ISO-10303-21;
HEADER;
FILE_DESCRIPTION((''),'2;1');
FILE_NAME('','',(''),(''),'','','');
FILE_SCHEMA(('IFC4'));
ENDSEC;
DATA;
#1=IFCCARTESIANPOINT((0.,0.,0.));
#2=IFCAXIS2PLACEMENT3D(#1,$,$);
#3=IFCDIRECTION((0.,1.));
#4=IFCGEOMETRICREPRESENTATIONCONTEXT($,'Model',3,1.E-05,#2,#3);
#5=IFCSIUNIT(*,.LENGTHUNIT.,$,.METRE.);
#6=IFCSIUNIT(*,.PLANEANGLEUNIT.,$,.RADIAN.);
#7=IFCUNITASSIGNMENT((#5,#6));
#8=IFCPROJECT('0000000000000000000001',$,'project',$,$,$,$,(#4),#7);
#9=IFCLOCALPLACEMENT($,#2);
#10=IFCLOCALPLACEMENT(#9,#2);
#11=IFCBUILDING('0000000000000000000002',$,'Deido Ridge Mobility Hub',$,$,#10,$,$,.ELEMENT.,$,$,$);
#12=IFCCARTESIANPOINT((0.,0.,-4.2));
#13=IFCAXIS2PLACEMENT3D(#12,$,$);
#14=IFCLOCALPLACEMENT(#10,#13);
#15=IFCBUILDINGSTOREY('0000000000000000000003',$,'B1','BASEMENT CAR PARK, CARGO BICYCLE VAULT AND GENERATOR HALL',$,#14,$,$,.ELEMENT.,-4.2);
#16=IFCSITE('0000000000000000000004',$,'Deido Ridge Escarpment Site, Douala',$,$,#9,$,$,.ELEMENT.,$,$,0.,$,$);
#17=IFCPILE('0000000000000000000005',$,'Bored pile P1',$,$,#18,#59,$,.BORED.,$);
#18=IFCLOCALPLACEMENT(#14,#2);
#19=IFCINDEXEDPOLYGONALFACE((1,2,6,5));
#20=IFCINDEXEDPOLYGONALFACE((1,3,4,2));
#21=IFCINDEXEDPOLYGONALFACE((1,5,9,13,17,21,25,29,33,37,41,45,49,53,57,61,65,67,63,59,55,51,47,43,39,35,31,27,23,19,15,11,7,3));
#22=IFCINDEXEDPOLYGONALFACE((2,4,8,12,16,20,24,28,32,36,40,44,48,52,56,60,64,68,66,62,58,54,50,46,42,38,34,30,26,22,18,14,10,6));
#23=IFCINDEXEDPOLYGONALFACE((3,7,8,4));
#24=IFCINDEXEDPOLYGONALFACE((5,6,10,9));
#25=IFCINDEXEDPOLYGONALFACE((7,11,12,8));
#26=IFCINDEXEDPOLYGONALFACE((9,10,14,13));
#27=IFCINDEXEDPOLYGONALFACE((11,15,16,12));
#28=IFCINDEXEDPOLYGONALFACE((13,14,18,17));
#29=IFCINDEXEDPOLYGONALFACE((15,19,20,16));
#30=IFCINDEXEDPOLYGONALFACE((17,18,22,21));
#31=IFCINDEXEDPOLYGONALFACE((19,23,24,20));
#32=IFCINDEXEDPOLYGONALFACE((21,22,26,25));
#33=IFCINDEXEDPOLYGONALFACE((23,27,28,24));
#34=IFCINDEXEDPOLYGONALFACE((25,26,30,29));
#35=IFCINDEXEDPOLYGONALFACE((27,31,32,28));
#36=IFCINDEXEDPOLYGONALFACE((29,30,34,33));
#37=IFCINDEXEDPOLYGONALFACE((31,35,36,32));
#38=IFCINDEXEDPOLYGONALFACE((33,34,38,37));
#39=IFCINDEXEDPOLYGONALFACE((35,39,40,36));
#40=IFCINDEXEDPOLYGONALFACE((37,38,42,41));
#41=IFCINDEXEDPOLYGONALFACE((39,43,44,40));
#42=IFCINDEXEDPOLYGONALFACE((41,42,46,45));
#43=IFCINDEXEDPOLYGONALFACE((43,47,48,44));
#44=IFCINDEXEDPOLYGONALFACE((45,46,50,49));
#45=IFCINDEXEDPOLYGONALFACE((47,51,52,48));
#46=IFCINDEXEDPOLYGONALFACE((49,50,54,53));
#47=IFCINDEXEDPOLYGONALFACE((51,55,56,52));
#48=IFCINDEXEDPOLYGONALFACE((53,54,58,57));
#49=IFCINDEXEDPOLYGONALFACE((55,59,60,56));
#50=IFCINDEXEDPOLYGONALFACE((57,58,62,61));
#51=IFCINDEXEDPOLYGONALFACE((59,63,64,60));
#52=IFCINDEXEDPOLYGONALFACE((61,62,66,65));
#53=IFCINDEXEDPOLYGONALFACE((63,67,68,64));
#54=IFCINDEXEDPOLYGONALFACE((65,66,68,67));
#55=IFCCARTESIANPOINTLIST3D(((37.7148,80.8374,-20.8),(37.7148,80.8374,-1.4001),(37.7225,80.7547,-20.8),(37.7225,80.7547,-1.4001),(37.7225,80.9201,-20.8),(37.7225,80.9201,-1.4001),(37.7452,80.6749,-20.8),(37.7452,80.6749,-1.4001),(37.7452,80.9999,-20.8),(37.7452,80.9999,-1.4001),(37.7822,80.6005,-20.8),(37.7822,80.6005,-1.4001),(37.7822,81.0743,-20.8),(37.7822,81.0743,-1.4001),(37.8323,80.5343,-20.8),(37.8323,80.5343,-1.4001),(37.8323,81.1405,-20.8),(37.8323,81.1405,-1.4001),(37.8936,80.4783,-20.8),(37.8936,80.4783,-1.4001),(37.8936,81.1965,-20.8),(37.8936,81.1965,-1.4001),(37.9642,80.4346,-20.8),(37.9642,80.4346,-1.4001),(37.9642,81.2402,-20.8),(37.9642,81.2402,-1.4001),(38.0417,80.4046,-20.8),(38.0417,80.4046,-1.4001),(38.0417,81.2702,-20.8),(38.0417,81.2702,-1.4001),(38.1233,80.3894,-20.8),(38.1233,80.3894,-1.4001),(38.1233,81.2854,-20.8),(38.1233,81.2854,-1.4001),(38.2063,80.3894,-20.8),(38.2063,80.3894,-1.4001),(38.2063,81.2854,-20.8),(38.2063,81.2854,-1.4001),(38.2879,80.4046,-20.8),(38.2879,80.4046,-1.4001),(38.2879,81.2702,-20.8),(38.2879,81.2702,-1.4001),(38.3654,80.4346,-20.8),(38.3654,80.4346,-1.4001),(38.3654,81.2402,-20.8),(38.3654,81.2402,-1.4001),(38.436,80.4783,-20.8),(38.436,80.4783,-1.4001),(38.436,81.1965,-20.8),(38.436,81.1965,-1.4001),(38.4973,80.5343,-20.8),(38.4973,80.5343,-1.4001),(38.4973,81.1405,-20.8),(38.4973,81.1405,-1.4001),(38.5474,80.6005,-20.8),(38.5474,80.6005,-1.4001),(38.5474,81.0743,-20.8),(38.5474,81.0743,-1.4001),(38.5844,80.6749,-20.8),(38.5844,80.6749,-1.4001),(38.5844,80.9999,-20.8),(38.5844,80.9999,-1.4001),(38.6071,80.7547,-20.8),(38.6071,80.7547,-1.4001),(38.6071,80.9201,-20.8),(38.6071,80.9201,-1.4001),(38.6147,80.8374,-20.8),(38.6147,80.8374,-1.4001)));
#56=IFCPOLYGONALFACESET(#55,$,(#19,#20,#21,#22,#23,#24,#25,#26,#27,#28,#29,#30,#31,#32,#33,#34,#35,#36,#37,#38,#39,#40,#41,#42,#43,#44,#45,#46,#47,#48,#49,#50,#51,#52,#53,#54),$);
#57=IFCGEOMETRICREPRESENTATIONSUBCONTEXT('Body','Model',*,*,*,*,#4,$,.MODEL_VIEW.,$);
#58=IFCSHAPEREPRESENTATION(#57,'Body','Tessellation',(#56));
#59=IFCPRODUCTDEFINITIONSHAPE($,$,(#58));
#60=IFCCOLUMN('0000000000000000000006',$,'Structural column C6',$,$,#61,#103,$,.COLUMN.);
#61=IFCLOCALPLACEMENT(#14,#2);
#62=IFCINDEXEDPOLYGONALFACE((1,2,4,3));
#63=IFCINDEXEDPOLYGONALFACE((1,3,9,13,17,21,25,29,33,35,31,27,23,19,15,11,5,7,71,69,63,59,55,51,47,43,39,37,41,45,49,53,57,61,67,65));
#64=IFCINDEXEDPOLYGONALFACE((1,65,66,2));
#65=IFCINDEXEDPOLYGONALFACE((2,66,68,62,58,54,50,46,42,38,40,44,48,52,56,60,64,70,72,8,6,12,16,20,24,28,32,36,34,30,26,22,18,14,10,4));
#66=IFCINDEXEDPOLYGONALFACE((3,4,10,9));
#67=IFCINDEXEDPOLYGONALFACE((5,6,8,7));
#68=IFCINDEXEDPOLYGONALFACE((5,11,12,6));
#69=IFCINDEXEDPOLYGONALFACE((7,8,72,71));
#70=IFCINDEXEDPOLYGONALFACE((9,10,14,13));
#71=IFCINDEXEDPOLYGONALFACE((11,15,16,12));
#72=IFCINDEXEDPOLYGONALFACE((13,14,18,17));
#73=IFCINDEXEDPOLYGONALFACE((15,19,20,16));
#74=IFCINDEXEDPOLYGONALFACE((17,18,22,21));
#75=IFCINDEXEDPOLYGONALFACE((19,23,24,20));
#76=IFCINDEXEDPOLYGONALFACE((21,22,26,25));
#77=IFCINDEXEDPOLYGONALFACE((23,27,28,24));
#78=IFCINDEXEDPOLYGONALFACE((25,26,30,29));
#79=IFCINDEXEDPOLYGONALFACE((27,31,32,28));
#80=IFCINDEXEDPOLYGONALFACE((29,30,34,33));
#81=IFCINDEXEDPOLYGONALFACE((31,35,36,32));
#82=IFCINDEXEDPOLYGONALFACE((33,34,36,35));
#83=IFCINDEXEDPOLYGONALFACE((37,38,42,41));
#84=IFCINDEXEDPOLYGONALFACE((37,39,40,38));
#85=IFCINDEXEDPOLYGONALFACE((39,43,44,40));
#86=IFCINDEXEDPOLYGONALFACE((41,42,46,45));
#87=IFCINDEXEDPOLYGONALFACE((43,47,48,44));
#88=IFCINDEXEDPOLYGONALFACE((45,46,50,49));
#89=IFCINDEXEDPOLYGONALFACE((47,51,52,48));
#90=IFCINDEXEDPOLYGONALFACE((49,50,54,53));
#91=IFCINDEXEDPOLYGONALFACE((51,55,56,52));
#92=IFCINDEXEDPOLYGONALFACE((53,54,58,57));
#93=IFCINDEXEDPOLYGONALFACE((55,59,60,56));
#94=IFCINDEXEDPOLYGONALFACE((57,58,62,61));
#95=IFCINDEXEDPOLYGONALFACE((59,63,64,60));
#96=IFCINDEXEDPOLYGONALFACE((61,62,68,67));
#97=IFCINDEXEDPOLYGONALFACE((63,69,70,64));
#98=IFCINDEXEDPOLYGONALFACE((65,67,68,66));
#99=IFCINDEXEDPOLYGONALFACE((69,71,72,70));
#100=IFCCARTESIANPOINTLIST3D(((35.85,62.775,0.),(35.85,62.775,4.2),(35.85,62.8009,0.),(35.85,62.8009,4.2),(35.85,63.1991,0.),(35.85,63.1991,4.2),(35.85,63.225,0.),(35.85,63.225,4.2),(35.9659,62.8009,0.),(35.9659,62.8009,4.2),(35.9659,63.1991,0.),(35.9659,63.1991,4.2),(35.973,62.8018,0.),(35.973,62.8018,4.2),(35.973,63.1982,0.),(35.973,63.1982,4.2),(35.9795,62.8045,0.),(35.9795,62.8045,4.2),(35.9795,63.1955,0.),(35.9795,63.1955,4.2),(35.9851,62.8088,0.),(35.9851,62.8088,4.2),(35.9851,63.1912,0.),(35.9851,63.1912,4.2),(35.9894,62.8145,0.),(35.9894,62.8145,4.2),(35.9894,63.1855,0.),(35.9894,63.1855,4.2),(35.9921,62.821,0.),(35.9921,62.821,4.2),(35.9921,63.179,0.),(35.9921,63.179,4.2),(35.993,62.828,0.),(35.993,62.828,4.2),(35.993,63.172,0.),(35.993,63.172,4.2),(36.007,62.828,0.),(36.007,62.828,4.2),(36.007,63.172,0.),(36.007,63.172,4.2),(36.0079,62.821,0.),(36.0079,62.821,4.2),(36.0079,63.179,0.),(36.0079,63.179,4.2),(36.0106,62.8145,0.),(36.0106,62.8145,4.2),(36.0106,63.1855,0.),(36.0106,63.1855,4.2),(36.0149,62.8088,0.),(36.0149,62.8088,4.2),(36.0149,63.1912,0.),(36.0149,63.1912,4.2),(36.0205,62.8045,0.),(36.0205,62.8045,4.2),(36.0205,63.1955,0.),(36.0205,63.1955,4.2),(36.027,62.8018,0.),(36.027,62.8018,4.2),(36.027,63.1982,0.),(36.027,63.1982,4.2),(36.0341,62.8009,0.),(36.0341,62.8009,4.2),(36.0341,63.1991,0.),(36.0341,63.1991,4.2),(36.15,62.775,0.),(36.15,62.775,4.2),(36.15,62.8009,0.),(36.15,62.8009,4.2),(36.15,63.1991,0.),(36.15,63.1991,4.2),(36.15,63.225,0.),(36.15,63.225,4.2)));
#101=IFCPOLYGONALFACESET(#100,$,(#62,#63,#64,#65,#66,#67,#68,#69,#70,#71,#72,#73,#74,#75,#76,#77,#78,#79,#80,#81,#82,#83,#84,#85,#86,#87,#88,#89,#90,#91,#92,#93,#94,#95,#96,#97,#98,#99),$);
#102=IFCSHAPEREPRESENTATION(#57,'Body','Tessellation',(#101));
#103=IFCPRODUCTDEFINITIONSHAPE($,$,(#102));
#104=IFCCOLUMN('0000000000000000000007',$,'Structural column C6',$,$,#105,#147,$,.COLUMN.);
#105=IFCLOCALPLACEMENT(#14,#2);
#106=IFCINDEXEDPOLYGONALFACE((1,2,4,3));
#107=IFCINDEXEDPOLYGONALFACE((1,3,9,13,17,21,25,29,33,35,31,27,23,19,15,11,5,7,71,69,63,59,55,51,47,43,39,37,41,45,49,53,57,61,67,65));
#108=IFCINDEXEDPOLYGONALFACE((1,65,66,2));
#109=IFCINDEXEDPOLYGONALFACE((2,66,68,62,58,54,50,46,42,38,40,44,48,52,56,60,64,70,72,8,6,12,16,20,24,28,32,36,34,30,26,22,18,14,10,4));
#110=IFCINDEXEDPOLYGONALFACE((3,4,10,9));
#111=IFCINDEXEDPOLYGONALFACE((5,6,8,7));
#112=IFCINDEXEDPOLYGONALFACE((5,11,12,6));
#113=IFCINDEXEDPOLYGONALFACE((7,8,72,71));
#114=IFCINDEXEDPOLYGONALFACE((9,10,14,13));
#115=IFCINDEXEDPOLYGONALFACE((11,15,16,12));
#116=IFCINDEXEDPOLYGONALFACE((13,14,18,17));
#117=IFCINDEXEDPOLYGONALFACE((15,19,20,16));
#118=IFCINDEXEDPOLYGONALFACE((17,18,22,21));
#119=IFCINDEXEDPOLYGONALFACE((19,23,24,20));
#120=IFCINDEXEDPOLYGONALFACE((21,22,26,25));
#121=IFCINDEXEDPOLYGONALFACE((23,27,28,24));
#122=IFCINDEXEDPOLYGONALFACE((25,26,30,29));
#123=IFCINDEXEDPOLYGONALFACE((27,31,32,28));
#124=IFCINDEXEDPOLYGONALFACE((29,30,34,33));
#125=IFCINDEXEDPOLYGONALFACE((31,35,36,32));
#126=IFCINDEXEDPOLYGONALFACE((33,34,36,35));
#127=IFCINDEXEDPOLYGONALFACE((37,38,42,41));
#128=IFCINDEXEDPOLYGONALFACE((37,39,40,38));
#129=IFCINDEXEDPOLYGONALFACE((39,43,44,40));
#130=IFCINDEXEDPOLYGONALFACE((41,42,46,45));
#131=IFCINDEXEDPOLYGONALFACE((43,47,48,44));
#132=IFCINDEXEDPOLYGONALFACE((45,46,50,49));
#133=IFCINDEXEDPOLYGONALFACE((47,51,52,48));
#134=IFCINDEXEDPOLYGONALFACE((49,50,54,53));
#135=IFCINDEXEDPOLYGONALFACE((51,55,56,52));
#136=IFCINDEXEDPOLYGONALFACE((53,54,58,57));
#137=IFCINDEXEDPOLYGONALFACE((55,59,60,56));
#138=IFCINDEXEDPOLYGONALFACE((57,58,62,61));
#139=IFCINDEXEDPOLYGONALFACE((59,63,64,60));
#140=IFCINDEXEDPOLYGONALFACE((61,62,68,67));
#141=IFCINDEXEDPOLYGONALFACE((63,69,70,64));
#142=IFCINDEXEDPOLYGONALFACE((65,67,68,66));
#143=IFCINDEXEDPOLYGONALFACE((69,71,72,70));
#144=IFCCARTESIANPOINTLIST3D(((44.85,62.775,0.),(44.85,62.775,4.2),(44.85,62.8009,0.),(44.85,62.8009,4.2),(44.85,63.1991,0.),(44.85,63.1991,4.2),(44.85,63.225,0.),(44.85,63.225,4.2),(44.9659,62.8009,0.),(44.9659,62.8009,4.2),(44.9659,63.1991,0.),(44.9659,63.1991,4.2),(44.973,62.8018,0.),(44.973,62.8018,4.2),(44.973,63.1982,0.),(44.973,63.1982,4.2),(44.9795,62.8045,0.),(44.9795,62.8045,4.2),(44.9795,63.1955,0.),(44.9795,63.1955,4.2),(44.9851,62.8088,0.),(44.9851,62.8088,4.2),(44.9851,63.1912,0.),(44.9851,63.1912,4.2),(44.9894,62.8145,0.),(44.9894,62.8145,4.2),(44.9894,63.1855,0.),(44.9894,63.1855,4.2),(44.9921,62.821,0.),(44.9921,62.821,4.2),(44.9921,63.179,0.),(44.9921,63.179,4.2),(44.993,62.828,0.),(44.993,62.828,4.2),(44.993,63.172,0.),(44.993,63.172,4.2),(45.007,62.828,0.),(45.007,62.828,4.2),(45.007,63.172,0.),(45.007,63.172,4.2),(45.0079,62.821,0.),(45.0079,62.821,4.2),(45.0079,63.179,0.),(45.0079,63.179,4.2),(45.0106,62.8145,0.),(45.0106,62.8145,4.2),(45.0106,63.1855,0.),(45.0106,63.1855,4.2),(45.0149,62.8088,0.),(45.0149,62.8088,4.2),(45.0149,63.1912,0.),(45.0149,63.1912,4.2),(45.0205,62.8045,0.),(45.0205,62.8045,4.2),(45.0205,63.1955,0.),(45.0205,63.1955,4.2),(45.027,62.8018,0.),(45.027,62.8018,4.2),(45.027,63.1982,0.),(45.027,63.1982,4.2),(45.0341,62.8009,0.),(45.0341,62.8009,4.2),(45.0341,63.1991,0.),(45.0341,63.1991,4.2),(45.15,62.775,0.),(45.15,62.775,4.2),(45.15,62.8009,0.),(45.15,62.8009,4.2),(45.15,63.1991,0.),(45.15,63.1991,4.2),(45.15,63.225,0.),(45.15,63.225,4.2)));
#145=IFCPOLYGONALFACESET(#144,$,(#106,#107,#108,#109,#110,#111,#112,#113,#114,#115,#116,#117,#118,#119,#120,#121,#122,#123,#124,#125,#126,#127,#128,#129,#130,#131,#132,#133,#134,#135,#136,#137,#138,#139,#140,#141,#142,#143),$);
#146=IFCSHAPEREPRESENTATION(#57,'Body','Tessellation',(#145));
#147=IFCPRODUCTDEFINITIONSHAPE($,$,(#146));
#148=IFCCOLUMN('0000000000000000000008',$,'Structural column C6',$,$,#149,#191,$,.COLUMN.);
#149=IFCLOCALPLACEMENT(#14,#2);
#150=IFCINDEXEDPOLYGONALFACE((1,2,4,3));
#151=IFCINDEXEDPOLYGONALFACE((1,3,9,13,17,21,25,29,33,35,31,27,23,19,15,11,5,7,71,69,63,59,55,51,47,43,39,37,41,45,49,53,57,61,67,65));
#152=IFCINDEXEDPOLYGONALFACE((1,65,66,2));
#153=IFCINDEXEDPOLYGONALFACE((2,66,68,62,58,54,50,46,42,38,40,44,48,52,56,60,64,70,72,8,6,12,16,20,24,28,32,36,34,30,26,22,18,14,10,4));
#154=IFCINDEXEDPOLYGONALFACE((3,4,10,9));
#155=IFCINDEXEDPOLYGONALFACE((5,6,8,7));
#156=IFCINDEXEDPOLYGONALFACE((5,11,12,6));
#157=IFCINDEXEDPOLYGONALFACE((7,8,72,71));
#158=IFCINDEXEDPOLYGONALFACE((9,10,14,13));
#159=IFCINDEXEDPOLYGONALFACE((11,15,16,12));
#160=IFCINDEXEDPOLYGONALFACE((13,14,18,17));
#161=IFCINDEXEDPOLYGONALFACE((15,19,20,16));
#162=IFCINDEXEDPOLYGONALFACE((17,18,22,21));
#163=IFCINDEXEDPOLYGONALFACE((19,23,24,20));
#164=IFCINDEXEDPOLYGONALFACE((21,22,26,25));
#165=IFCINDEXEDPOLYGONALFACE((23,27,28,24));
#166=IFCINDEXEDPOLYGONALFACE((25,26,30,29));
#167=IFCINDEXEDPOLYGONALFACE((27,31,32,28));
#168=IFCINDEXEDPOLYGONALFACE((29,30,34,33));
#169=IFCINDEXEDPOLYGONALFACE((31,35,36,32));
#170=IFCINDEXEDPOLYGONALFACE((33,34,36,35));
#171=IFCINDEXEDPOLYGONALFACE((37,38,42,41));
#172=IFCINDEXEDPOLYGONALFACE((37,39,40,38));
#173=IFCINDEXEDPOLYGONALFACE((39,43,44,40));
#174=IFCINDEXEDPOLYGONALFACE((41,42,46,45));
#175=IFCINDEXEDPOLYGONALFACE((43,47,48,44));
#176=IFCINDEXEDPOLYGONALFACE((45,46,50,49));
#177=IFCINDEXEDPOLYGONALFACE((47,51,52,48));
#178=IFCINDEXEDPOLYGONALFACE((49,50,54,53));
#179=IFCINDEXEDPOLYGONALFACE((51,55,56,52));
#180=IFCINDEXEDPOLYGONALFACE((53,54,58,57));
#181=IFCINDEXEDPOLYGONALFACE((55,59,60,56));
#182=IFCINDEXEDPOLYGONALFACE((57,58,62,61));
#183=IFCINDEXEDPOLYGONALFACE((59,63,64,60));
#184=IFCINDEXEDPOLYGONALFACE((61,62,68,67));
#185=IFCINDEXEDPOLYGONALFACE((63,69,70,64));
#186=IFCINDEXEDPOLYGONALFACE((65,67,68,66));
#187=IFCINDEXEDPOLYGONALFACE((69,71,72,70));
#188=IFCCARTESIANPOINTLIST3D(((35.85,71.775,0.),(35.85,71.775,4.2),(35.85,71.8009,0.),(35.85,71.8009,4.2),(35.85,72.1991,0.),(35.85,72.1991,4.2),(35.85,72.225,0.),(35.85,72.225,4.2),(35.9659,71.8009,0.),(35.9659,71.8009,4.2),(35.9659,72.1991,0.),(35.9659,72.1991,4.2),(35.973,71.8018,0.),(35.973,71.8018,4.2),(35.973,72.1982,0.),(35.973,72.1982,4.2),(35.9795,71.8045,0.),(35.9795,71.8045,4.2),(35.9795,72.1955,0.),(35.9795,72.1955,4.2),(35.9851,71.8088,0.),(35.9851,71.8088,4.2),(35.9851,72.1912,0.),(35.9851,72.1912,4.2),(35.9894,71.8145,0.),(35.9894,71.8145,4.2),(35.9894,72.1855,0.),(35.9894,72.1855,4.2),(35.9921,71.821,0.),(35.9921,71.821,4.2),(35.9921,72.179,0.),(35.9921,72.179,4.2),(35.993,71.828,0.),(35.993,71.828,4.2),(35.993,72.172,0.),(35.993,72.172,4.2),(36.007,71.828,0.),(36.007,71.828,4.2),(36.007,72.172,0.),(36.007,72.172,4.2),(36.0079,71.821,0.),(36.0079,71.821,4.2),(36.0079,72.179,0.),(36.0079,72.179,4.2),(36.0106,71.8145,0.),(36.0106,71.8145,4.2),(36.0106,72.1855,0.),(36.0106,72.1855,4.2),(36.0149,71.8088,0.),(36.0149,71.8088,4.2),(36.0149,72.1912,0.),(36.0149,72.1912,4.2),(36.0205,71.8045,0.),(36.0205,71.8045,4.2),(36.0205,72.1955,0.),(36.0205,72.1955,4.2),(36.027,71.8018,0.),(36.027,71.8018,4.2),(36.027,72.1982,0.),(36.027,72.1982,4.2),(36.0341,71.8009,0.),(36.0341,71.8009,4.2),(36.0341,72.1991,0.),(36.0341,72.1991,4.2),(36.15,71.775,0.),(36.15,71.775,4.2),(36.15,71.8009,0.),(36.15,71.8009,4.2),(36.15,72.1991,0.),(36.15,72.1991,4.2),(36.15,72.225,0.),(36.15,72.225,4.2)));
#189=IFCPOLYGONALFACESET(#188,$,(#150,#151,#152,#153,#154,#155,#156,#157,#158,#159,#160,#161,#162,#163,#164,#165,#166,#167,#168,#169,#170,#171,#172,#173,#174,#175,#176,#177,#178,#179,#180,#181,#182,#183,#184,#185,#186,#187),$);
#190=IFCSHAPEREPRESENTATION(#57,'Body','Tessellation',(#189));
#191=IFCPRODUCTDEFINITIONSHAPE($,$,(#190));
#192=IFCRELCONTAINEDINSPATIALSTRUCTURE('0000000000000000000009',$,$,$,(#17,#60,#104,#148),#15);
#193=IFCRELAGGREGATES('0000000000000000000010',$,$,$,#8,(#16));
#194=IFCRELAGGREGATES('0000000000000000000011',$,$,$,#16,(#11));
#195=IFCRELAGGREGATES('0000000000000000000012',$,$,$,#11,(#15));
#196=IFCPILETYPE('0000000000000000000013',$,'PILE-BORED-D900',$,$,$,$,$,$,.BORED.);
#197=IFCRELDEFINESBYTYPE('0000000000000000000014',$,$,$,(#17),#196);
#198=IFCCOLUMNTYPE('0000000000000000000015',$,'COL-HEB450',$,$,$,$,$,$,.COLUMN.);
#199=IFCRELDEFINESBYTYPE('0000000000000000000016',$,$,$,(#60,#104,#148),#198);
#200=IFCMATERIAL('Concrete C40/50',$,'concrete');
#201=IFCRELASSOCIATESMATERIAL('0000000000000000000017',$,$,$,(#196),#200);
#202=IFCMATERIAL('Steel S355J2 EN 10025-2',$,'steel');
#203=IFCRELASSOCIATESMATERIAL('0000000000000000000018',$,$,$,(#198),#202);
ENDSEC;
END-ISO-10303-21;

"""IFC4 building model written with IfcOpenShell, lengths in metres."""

from ifc_helpers import new_model, si_unit, direction, frame, origin, origin_2d, place, context, subcontext, project, spatial, circle, i_section, extrude, material, material_profile, profile_set, type_object, element, save


model = new_model("IFC4")

# Units and contexts
model_context = context("Model", 3, precision=1e-05, world=origin(), true_north=direction((0.0, 1.0)))
body_context = subcontext(model_context, "Body", "Model", "MODEL_VIEW")
ifc_project = project(units=[si_unit("LENGTHUNIT", "METRE"), si_unit("PLANEANGLEUNIT", "RADIAN")], contexts=[model_context])

# Site, building, storey
site_placement = place(None, origin())
site = spatial("IfcSite", under=ifc_project, at=site_placement, Name="Deido Ridge Escarpment Site, Douala", CompositionType="ELEMENT", RefElevation=0.0)
building_placement = place(site_placement, origin())
building = spatial("IfcBuilding", under=site, at=building_placement, Name="Deido Ridge Mobility Hub", CompositionType="ELEMENT")
storey_placement = place(building_placement, frame((0.0, 0.0, -4.2)))
storey = spatial("IfcBuildingStorey", under=building, at=storey_placement, Name="B1", Description="BASEMENT CAR PARK, CARGO BICYCLE VAULT AND GENERATOR HALL", CompositionType="ELEMENT", Elevation=-4.2)

# Shared definitions
ifc_material_1 = material(Name="Concrete C40/50", Category="concrete")

# Pile
ifc_material_profile_1 = material_profile(ifc_material_1, circle(Radius=0.45, at=origin_2d()), Name="BORED PILE D900")
ifc_profile_set_1 = profile_set([ifc_material_profile_1], Name="Concrete C40/50")
pile_type = type_object("IfcPileType", Name="PILE-BORED-D900", PredefinedType="BORED", material=ifc_profile_set_1)
pile_1_placement = place(storey_placement, frame((38.1648, 80.8374, -1.4001), z_axis=(0.0, 0.0, -1.0), x_axis=(1.0, 0.0, 0.0)))
element("IfcPile", 1, at=pile_1_placement, inside=storey, type_object=pile_type, Name="Bored pile P1", PredefinedType="BORED", context=body_context, shape_type="SweptSolid", body=[
    extrude(circle(Radius=0.45, at=origin_2d()), origin(), (0.0, 0.0, 1.0), 19.3999),
])

# Columns
ifc_material_2 = material(Name="Steel S355J2 EN 10025-2", Category="steel")
ifc_material_profile_2 = material_profile(ifc_material_2, i_section(OverallWidth=0.3, OverallDepth=0.45, WebThickness=0.0139, FlangeThickness=0.0259, FilletRadius=0.0271, at=origin_2d()), Name="HEB 450")
ifc_profile_set_2 = profile_set([ifc_material_profile_2], Name="Steel S355J2 EN 10025-2")
column_type = type_object("IfcColumnType", Name="COL-HEB450", PredefinedType="COLUMN", material=ifc_profile_set_2)
for number, where, z_axis, x_axis, name in (
    (2, (36.0, 63.0, 0.0), (0.0, 0.0, 1.0), (1.0, 0.0, 0.0), "Structural column C6"),
    (3, (45.0, 63.0, 0.0), (0.0, 0.0, 1.0), (1.0, 0.0, 0.0), "Structural column C6"),
    (4, (36.0, 72.0, 0.0), (0.0, 0.0, 1.0), (1.0, 0.0, 0.0), "Structural column C6"),
):
    element("IfcColumn", number, at=place(storey_placement, frame(where, z_axis=z_axis, x_axis=x_axis)), inside=storey, type_object=column_type, Name=name, PredefinedType="COLUMN", context=body_context, shape_type="SweptSolid", body=[
        extrude(i_section(OverallWidth=0.3, OverallDepth=0.45, WebThickness=0.0139, FlangeThickness=0.0259, FilletRadius=0.0271, at=origin_2d()), origin(), (0.0, 0.0, 1.0), 4.2),
    ])

save(model, "model.ifc")
